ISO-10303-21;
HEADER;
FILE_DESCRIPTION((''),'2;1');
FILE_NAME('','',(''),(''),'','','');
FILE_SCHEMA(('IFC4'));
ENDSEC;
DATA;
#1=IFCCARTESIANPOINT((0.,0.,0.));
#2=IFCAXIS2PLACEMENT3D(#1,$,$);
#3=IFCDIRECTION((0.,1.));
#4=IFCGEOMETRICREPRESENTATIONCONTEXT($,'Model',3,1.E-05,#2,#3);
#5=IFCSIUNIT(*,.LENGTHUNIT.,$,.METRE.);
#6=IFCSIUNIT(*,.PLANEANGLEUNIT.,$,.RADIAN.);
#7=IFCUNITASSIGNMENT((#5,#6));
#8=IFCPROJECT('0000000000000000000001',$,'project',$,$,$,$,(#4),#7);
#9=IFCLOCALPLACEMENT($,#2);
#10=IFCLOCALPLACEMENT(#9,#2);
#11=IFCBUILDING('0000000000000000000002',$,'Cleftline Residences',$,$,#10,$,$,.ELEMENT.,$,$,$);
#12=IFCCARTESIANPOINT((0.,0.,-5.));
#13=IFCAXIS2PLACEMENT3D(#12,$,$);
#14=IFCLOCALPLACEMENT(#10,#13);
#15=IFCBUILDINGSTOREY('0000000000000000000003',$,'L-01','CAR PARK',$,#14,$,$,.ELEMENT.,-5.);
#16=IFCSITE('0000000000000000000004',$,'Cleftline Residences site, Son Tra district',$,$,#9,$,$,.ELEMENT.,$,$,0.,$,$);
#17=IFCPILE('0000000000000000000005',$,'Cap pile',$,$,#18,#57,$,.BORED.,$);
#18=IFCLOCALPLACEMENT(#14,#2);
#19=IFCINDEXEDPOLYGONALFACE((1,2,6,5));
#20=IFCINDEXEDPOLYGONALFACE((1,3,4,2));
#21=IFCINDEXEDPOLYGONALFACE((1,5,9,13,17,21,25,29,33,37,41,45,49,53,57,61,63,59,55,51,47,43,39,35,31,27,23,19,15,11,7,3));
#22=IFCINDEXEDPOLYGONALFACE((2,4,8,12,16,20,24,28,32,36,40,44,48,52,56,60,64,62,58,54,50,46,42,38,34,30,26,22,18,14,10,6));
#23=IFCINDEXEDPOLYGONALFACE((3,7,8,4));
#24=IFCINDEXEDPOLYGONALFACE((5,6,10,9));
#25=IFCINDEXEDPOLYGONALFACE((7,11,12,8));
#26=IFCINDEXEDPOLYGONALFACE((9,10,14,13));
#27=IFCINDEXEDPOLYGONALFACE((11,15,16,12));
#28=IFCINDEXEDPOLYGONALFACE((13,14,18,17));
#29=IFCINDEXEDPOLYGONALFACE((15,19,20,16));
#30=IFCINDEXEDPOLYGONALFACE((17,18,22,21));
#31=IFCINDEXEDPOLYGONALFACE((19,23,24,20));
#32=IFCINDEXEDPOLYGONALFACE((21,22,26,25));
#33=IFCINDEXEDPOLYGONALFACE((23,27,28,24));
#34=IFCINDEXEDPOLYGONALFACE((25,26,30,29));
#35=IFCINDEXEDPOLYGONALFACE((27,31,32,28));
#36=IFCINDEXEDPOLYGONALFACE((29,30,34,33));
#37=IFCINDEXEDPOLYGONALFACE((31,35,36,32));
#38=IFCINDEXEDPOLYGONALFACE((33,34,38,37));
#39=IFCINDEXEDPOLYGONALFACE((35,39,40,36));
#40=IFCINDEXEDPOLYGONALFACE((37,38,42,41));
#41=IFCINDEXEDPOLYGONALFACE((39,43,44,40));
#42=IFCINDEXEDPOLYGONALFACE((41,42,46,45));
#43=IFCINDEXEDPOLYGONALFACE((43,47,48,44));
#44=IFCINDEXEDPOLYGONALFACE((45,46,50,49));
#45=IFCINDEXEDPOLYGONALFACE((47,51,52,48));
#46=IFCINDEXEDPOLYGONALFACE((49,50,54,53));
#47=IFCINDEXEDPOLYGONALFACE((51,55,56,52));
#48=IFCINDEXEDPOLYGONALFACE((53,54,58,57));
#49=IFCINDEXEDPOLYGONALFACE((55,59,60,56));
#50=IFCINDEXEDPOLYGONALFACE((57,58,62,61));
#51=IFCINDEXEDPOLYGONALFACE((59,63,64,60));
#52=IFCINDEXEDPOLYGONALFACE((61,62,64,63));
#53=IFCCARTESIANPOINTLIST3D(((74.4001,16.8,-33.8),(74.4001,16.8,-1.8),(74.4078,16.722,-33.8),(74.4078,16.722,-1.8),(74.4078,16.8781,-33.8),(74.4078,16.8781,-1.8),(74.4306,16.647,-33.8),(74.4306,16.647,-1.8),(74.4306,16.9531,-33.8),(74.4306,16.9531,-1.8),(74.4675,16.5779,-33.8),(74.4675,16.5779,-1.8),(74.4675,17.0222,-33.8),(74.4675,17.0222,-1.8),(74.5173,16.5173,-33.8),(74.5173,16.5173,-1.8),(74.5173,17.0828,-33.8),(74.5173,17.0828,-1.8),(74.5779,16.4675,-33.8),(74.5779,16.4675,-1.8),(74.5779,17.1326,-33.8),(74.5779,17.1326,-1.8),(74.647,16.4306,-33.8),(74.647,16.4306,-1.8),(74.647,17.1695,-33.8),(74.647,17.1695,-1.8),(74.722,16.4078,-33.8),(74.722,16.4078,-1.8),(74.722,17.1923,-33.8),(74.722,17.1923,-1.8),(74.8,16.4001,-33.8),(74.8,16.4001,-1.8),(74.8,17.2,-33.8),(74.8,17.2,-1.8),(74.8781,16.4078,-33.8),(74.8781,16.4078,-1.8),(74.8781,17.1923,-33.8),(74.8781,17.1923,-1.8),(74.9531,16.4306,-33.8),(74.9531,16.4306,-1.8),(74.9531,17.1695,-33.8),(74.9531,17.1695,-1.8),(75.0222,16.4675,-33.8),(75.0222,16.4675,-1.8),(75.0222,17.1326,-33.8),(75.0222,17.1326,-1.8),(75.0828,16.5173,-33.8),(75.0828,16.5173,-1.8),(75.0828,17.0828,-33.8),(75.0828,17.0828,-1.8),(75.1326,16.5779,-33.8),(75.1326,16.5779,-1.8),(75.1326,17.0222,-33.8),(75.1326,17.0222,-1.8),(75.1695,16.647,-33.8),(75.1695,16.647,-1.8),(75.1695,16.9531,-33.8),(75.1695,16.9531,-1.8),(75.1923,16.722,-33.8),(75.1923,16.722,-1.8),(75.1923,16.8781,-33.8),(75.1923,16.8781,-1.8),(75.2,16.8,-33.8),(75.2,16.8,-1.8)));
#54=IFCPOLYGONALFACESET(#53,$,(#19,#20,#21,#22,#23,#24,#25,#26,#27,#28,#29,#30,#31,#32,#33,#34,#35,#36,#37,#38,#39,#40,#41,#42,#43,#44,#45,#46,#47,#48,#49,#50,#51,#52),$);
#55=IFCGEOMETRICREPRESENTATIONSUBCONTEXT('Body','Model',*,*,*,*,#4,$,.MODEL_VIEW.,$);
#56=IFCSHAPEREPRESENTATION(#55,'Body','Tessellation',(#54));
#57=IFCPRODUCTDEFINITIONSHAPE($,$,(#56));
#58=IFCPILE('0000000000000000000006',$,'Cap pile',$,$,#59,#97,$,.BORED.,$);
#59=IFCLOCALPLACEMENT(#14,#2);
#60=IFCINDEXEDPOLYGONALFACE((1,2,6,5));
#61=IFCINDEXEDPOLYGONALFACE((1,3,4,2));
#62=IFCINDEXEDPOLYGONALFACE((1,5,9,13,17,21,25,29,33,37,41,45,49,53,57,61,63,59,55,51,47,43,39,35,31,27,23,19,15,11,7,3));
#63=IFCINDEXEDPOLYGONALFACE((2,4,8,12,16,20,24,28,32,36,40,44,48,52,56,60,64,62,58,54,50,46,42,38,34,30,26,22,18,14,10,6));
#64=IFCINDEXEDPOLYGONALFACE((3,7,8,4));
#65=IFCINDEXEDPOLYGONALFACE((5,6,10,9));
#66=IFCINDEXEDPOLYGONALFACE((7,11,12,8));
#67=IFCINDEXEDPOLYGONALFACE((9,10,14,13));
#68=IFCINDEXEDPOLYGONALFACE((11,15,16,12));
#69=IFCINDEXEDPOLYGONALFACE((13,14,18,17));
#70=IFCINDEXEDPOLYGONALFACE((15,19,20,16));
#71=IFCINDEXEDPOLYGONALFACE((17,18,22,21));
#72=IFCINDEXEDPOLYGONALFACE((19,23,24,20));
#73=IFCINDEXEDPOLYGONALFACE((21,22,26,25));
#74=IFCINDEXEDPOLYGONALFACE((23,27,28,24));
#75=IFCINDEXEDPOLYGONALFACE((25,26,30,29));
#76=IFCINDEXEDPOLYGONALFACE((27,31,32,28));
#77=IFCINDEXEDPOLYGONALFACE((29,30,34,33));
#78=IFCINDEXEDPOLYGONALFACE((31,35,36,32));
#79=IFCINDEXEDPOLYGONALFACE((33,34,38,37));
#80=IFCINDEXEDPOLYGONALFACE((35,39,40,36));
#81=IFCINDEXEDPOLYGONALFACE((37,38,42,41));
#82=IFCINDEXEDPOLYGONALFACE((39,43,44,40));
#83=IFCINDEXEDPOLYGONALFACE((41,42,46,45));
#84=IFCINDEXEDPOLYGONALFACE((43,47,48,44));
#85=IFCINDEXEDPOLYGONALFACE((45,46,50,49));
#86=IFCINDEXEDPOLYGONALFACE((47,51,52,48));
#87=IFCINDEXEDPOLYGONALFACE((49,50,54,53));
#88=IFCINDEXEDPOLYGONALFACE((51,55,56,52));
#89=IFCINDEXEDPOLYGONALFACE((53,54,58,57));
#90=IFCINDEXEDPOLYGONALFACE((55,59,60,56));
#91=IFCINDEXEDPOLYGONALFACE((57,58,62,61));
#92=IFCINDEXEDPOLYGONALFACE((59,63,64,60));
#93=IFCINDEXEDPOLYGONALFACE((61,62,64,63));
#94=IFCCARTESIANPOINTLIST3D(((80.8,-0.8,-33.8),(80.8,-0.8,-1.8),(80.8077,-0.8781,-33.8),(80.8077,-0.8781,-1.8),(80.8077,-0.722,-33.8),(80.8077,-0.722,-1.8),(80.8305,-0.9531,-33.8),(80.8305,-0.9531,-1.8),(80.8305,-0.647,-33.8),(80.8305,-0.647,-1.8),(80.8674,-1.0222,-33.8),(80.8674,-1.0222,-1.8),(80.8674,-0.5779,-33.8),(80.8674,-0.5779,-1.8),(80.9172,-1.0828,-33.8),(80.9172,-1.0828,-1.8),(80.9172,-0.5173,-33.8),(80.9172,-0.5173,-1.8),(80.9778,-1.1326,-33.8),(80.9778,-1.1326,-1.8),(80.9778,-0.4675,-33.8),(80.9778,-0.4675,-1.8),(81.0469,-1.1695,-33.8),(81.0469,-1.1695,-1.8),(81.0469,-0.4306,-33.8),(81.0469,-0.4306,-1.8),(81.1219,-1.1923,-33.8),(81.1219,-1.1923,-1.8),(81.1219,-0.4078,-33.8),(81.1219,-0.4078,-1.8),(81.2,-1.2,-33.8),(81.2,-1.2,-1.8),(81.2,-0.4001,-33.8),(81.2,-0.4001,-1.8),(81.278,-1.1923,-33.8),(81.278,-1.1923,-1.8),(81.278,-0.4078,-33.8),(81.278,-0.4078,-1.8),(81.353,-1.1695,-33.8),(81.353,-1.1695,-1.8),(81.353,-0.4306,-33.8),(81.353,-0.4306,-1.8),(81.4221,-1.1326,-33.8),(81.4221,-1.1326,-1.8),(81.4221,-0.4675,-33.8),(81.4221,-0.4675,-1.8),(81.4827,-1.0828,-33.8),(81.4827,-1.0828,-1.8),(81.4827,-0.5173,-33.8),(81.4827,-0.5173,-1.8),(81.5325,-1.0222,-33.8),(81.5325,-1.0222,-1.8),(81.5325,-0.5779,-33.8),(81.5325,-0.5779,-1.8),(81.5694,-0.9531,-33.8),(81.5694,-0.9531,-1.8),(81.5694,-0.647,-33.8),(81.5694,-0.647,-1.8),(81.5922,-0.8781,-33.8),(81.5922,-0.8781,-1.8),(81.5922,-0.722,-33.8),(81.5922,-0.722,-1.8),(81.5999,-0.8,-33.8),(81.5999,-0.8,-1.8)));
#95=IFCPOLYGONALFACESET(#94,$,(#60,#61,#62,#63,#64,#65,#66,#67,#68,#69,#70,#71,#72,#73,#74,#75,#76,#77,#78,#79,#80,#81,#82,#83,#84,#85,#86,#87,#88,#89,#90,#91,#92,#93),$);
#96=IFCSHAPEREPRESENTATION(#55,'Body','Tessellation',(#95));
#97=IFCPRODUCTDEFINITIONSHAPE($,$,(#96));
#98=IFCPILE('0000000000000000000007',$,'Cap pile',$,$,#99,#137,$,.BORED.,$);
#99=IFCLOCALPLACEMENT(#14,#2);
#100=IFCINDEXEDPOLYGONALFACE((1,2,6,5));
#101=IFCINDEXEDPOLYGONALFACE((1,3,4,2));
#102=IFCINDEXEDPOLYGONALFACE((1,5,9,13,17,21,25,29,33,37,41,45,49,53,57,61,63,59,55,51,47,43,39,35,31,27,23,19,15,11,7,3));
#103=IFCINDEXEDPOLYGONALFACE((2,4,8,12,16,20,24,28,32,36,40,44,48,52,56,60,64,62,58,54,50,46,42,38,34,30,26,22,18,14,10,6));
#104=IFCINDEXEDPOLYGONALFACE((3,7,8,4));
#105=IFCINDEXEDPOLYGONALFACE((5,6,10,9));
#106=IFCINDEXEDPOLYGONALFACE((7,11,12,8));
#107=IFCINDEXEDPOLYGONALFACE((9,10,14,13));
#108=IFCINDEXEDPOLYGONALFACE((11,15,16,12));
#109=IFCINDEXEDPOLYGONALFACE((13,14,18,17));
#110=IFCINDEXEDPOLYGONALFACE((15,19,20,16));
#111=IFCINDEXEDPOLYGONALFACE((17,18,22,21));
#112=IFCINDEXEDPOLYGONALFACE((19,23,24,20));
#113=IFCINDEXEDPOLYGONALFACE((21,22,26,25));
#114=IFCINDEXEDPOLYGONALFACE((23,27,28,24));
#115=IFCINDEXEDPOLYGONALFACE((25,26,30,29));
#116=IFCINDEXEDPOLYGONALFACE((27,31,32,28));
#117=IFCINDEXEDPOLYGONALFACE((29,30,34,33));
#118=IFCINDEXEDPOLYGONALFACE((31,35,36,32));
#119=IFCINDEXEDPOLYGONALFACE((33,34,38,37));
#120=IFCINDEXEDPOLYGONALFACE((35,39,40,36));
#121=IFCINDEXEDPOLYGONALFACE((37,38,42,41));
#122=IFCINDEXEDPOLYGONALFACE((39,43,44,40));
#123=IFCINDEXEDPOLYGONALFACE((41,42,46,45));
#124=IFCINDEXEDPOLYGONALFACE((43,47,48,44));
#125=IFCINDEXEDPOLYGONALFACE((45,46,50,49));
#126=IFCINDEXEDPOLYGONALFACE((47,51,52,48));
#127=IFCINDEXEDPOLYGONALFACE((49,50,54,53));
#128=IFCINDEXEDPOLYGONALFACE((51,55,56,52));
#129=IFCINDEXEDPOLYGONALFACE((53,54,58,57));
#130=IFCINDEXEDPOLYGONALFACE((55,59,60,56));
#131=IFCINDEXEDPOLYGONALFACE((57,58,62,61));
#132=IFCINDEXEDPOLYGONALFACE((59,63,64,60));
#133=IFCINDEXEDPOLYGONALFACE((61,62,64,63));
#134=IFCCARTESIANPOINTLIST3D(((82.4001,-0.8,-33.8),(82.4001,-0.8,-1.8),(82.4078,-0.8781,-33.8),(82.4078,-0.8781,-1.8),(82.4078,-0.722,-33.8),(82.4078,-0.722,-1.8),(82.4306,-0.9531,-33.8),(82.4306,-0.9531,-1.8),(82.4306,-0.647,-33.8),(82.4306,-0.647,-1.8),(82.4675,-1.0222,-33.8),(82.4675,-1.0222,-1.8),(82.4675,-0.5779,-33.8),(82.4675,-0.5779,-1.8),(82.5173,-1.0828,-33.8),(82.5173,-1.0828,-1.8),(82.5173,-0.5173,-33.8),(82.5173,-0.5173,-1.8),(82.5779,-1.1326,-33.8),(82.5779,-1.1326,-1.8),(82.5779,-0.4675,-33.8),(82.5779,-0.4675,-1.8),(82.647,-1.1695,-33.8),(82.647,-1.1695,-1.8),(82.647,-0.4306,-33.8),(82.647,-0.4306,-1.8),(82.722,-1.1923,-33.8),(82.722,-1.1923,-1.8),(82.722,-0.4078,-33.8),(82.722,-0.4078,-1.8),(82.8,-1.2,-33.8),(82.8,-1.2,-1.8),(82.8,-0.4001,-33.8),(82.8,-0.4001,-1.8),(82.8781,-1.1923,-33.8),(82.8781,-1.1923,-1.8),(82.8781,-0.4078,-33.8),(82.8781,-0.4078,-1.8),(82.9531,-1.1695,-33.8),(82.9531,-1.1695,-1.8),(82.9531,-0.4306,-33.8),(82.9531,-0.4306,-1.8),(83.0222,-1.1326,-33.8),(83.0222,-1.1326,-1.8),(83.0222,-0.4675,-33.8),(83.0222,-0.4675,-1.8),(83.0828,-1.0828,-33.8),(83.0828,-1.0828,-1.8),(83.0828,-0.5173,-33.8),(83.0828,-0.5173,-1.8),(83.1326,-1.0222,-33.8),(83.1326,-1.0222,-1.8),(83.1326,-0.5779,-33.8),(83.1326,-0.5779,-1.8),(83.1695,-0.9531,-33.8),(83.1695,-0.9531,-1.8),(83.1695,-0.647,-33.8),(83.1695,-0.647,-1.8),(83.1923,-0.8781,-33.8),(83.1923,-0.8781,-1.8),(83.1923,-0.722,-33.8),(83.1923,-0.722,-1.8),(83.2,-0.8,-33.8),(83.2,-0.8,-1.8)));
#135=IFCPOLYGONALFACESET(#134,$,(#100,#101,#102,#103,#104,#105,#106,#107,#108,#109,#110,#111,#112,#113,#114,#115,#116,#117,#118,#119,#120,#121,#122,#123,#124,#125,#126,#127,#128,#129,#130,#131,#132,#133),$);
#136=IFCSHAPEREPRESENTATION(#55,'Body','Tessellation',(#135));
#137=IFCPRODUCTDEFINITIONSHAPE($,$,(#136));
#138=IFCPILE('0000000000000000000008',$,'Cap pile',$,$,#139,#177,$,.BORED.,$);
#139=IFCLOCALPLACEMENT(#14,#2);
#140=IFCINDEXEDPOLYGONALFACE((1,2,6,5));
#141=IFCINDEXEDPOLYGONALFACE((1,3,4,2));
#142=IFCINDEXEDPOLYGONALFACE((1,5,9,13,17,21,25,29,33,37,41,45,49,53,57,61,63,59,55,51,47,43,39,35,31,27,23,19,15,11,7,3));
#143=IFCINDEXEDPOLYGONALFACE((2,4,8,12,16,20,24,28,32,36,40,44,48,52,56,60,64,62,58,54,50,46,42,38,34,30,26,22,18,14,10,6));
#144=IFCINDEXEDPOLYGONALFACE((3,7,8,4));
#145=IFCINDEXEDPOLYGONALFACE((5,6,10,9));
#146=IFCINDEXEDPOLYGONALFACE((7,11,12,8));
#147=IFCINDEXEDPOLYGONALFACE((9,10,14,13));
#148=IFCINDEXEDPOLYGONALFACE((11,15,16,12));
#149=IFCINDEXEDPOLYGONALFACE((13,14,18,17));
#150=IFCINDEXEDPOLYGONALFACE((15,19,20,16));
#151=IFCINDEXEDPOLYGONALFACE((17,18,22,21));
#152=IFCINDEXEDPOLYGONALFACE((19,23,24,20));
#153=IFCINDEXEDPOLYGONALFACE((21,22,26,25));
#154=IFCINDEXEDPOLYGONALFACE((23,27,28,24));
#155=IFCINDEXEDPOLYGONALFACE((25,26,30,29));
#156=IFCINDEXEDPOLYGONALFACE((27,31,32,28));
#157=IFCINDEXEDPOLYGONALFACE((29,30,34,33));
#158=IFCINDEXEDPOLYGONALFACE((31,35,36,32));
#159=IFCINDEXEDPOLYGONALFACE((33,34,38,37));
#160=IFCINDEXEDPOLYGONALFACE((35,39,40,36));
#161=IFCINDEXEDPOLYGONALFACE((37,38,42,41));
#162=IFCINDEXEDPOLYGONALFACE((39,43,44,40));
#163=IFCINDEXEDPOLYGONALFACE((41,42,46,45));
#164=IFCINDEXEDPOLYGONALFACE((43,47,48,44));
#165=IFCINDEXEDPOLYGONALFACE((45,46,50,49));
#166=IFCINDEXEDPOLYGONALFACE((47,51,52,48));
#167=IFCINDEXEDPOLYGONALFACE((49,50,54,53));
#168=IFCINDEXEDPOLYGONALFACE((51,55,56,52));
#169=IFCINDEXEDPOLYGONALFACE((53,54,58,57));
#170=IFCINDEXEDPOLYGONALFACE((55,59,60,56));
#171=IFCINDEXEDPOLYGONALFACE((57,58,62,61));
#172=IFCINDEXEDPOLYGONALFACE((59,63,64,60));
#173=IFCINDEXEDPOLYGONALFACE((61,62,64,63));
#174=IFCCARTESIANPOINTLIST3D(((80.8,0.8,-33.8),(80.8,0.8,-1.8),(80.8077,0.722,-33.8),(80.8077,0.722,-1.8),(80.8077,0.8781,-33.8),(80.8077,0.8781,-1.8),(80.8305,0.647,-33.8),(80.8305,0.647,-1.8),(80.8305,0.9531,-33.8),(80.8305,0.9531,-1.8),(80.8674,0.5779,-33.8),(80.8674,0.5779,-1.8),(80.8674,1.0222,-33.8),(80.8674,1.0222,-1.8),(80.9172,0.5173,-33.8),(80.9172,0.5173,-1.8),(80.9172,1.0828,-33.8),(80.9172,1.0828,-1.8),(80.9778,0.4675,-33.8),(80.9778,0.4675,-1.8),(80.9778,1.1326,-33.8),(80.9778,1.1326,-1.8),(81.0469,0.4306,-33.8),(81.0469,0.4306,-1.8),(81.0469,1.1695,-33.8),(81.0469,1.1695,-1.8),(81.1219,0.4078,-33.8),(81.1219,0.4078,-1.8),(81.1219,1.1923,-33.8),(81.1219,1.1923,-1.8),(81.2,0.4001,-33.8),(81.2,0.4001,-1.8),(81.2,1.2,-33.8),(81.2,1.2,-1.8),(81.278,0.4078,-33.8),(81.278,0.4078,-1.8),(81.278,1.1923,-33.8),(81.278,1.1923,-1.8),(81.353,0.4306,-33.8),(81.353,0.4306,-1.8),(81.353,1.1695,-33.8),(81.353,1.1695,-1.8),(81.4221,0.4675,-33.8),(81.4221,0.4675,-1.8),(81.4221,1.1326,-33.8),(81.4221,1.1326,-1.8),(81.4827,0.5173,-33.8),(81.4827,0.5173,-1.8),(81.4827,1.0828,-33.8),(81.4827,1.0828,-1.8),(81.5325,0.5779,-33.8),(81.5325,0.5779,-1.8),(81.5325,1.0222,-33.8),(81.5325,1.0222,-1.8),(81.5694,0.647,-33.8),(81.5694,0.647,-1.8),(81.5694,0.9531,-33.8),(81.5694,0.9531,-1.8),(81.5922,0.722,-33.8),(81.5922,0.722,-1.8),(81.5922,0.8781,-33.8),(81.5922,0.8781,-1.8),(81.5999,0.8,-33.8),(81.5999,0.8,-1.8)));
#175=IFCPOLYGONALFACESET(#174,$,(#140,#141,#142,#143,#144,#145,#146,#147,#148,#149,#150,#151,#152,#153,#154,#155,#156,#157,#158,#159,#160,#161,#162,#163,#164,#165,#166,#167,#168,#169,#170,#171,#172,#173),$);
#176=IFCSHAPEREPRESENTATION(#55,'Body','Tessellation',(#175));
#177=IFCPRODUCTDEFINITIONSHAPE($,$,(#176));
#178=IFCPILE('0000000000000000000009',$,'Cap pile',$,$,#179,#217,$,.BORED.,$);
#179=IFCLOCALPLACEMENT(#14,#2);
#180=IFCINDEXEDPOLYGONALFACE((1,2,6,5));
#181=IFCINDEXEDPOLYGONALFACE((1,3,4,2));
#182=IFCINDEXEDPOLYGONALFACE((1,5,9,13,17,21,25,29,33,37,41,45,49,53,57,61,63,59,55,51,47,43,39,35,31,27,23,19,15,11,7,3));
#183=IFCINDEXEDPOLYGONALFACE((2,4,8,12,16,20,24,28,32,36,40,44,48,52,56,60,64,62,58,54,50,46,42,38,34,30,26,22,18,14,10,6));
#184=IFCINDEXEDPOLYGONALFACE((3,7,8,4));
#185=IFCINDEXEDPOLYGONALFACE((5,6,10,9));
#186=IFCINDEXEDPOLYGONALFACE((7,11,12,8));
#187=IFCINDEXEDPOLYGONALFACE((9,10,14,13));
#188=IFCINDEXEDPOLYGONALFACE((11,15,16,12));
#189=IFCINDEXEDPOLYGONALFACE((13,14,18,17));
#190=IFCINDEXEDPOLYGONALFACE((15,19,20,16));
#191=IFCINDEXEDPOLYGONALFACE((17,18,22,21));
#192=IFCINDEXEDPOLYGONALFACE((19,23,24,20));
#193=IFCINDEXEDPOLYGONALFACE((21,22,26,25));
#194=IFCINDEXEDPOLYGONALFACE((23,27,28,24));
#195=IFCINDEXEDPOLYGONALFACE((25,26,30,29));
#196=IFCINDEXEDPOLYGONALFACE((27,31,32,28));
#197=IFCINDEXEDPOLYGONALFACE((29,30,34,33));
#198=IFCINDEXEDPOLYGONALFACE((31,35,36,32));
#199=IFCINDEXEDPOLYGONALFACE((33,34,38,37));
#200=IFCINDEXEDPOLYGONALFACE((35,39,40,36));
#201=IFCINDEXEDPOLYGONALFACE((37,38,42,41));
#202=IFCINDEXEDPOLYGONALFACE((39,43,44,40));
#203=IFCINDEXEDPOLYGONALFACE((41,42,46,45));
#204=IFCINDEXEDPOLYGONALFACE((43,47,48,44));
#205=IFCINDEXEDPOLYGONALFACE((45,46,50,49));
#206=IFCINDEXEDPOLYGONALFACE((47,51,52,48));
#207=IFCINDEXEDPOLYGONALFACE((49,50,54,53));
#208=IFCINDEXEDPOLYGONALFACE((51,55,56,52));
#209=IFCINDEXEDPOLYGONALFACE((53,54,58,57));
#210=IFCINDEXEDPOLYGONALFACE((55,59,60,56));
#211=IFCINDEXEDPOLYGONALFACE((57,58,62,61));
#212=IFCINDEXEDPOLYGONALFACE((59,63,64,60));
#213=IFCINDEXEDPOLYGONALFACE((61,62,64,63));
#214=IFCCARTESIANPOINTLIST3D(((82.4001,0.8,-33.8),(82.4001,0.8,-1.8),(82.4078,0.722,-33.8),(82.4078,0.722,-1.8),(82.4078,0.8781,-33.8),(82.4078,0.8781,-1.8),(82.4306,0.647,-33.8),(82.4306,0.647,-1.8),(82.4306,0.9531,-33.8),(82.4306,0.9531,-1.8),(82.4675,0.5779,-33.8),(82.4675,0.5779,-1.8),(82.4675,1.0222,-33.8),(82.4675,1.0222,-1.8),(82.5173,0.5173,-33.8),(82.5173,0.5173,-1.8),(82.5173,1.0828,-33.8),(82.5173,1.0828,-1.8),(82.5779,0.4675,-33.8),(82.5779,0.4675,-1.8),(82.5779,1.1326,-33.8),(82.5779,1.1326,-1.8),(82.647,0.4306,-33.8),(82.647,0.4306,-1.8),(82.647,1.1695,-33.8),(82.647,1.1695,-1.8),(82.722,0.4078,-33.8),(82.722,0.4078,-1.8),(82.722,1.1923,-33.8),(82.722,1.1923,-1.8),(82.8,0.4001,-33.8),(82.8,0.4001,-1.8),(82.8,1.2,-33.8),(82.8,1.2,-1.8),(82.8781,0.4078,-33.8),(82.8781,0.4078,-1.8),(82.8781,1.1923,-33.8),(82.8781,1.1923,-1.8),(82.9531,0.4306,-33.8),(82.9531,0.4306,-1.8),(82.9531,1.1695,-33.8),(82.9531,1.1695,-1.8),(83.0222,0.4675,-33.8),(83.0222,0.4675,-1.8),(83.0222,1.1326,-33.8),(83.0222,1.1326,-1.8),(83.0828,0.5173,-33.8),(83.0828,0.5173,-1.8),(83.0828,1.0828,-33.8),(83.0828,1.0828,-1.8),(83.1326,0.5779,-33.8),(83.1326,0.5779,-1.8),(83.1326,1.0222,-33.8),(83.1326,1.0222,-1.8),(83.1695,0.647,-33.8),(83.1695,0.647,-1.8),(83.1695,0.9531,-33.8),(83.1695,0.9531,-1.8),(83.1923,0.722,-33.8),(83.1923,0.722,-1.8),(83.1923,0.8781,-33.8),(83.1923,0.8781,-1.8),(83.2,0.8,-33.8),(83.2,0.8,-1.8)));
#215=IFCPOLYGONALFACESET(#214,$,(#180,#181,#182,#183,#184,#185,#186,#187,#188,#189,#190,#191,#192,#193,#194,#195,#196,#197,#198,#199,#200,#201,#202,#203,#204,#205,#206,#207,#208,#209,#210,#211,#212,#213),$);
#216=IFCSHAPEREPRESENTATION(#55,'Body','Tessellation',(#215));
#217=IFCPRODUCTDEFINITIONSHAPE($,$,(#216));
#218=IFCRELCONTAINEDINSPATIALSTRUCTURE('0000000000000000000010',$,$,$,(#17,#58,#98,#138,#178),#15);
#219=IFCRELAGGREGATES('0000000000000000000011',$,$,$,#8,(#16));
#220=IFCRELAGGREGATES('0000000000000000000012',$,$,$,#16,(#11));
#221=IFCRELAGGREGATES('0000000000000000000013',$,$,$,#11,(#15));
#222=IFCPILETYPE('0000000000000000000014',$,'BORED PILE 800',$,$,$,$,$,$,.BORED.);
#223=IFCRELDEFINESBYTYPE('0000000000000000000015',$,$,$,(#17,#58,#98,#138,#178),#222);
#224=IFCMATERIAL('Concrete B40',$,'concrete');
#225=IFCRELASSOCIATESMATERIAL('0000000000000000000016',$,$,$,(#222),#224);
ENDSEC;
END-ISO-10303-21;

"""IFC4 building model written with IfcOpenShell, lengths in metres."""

from ifc_helpers import new_model, si_unit, direction, frame, origin, origin_2d, place, context, subcontext, project, spatial, circle, extrude, material, material_profile, profile_set, type_object, element, save


model = new_model("IFC4")

# Units and contexts
model_context = context("Model", 3, precision=1e-05, world=origin(), true_north=direction((0.0, 1.0)))
body_context = subcontext(model_context, "Body", "Model", "MODEL_VIEW")
ifc_project = project(units=[si_unit("LENGTHUNIT", "METRE"), si_unit("PLANEANGLEUNIT", "RADIAN")], contexts=[model_context])

# Site, building, storey
site_placement = place(None, origin())
site = spatial("IfcSite", under=ifc_project, at=site_placement, Name="Cleftline Residences site, Son Tra district", CompositionType="ELEMENT", RefElevation=0.0)
building_placement = place(site_placement, origin())
building = spatial("IfcBuilding", under=site, at=building_placement, Name="Cleftline Residences", CompositionType="ELEMENT")
storey_placement = place(building_placement, frame((0.0, 0.0, -5.0)))
storey = spatial("IfcBuildingStorey", under=building, at=storey_placement, Name="L-01", Description="CAR PARK", CompositionType="ELEMENT", Elevation=-5.0)

# Piles
ifc_material_1 = material(Name="Concrete B40", Category="concrete")
ifc_material_profile_1 = material_profile(ifc_material_1, circle(Radius=0.3999, at=origin_2d()))
ifc_profile_set_1 = profile_set([ifc_material_profile_1], Name="Concrete B40")
pile_type = type_object("IfcPileType", Name="BORED PILE 800", PredefinedType="BORED", material=ifc_profile_set_1)
for number, where, z_axis, x_axis, name in (
    (1, (74.8, 16.8, -1.8), (0.0, 0.0, -1.0), (1.0, 0.0, 0.0), "Cap pile"),
    (2, (81.2, -0.8, -1.8), (0.0, 0.0, -1.0), (1.0, 0.0, 0.0), "Cap pile"),
    (3, (82.8, -0.8, -1.8), (0.0, 0.0, -1.0), (1.0, 0.0, 0.0), "Cap pile"),
    (4, (81.2, 0.8, -1.8), (0.0, 0.0, -1.0), (1.0, 0.0, 0.0), "Cap pile"),
    (5, (82.8, 0.8, -1.8), (0.0, 0.0, -1.0), (1.0, 0.0, 0.0), "Cap pile"),
):
    element("IfcPile", number, at=place(storey_placement, frame(where, z_axis=z_axis, x_axis=x_axis)), inside=storey, type_object=pile_type, Name=name, PredefinedType="BORED", context=body_context, shape_type="SweptSolid", body=[
        extrude(circle(Radius=0.3999, at=origin_2d()), origin(), (0.0, 0.0, 1.0), 32.0),
    ])

save(model, "model.ifc")
